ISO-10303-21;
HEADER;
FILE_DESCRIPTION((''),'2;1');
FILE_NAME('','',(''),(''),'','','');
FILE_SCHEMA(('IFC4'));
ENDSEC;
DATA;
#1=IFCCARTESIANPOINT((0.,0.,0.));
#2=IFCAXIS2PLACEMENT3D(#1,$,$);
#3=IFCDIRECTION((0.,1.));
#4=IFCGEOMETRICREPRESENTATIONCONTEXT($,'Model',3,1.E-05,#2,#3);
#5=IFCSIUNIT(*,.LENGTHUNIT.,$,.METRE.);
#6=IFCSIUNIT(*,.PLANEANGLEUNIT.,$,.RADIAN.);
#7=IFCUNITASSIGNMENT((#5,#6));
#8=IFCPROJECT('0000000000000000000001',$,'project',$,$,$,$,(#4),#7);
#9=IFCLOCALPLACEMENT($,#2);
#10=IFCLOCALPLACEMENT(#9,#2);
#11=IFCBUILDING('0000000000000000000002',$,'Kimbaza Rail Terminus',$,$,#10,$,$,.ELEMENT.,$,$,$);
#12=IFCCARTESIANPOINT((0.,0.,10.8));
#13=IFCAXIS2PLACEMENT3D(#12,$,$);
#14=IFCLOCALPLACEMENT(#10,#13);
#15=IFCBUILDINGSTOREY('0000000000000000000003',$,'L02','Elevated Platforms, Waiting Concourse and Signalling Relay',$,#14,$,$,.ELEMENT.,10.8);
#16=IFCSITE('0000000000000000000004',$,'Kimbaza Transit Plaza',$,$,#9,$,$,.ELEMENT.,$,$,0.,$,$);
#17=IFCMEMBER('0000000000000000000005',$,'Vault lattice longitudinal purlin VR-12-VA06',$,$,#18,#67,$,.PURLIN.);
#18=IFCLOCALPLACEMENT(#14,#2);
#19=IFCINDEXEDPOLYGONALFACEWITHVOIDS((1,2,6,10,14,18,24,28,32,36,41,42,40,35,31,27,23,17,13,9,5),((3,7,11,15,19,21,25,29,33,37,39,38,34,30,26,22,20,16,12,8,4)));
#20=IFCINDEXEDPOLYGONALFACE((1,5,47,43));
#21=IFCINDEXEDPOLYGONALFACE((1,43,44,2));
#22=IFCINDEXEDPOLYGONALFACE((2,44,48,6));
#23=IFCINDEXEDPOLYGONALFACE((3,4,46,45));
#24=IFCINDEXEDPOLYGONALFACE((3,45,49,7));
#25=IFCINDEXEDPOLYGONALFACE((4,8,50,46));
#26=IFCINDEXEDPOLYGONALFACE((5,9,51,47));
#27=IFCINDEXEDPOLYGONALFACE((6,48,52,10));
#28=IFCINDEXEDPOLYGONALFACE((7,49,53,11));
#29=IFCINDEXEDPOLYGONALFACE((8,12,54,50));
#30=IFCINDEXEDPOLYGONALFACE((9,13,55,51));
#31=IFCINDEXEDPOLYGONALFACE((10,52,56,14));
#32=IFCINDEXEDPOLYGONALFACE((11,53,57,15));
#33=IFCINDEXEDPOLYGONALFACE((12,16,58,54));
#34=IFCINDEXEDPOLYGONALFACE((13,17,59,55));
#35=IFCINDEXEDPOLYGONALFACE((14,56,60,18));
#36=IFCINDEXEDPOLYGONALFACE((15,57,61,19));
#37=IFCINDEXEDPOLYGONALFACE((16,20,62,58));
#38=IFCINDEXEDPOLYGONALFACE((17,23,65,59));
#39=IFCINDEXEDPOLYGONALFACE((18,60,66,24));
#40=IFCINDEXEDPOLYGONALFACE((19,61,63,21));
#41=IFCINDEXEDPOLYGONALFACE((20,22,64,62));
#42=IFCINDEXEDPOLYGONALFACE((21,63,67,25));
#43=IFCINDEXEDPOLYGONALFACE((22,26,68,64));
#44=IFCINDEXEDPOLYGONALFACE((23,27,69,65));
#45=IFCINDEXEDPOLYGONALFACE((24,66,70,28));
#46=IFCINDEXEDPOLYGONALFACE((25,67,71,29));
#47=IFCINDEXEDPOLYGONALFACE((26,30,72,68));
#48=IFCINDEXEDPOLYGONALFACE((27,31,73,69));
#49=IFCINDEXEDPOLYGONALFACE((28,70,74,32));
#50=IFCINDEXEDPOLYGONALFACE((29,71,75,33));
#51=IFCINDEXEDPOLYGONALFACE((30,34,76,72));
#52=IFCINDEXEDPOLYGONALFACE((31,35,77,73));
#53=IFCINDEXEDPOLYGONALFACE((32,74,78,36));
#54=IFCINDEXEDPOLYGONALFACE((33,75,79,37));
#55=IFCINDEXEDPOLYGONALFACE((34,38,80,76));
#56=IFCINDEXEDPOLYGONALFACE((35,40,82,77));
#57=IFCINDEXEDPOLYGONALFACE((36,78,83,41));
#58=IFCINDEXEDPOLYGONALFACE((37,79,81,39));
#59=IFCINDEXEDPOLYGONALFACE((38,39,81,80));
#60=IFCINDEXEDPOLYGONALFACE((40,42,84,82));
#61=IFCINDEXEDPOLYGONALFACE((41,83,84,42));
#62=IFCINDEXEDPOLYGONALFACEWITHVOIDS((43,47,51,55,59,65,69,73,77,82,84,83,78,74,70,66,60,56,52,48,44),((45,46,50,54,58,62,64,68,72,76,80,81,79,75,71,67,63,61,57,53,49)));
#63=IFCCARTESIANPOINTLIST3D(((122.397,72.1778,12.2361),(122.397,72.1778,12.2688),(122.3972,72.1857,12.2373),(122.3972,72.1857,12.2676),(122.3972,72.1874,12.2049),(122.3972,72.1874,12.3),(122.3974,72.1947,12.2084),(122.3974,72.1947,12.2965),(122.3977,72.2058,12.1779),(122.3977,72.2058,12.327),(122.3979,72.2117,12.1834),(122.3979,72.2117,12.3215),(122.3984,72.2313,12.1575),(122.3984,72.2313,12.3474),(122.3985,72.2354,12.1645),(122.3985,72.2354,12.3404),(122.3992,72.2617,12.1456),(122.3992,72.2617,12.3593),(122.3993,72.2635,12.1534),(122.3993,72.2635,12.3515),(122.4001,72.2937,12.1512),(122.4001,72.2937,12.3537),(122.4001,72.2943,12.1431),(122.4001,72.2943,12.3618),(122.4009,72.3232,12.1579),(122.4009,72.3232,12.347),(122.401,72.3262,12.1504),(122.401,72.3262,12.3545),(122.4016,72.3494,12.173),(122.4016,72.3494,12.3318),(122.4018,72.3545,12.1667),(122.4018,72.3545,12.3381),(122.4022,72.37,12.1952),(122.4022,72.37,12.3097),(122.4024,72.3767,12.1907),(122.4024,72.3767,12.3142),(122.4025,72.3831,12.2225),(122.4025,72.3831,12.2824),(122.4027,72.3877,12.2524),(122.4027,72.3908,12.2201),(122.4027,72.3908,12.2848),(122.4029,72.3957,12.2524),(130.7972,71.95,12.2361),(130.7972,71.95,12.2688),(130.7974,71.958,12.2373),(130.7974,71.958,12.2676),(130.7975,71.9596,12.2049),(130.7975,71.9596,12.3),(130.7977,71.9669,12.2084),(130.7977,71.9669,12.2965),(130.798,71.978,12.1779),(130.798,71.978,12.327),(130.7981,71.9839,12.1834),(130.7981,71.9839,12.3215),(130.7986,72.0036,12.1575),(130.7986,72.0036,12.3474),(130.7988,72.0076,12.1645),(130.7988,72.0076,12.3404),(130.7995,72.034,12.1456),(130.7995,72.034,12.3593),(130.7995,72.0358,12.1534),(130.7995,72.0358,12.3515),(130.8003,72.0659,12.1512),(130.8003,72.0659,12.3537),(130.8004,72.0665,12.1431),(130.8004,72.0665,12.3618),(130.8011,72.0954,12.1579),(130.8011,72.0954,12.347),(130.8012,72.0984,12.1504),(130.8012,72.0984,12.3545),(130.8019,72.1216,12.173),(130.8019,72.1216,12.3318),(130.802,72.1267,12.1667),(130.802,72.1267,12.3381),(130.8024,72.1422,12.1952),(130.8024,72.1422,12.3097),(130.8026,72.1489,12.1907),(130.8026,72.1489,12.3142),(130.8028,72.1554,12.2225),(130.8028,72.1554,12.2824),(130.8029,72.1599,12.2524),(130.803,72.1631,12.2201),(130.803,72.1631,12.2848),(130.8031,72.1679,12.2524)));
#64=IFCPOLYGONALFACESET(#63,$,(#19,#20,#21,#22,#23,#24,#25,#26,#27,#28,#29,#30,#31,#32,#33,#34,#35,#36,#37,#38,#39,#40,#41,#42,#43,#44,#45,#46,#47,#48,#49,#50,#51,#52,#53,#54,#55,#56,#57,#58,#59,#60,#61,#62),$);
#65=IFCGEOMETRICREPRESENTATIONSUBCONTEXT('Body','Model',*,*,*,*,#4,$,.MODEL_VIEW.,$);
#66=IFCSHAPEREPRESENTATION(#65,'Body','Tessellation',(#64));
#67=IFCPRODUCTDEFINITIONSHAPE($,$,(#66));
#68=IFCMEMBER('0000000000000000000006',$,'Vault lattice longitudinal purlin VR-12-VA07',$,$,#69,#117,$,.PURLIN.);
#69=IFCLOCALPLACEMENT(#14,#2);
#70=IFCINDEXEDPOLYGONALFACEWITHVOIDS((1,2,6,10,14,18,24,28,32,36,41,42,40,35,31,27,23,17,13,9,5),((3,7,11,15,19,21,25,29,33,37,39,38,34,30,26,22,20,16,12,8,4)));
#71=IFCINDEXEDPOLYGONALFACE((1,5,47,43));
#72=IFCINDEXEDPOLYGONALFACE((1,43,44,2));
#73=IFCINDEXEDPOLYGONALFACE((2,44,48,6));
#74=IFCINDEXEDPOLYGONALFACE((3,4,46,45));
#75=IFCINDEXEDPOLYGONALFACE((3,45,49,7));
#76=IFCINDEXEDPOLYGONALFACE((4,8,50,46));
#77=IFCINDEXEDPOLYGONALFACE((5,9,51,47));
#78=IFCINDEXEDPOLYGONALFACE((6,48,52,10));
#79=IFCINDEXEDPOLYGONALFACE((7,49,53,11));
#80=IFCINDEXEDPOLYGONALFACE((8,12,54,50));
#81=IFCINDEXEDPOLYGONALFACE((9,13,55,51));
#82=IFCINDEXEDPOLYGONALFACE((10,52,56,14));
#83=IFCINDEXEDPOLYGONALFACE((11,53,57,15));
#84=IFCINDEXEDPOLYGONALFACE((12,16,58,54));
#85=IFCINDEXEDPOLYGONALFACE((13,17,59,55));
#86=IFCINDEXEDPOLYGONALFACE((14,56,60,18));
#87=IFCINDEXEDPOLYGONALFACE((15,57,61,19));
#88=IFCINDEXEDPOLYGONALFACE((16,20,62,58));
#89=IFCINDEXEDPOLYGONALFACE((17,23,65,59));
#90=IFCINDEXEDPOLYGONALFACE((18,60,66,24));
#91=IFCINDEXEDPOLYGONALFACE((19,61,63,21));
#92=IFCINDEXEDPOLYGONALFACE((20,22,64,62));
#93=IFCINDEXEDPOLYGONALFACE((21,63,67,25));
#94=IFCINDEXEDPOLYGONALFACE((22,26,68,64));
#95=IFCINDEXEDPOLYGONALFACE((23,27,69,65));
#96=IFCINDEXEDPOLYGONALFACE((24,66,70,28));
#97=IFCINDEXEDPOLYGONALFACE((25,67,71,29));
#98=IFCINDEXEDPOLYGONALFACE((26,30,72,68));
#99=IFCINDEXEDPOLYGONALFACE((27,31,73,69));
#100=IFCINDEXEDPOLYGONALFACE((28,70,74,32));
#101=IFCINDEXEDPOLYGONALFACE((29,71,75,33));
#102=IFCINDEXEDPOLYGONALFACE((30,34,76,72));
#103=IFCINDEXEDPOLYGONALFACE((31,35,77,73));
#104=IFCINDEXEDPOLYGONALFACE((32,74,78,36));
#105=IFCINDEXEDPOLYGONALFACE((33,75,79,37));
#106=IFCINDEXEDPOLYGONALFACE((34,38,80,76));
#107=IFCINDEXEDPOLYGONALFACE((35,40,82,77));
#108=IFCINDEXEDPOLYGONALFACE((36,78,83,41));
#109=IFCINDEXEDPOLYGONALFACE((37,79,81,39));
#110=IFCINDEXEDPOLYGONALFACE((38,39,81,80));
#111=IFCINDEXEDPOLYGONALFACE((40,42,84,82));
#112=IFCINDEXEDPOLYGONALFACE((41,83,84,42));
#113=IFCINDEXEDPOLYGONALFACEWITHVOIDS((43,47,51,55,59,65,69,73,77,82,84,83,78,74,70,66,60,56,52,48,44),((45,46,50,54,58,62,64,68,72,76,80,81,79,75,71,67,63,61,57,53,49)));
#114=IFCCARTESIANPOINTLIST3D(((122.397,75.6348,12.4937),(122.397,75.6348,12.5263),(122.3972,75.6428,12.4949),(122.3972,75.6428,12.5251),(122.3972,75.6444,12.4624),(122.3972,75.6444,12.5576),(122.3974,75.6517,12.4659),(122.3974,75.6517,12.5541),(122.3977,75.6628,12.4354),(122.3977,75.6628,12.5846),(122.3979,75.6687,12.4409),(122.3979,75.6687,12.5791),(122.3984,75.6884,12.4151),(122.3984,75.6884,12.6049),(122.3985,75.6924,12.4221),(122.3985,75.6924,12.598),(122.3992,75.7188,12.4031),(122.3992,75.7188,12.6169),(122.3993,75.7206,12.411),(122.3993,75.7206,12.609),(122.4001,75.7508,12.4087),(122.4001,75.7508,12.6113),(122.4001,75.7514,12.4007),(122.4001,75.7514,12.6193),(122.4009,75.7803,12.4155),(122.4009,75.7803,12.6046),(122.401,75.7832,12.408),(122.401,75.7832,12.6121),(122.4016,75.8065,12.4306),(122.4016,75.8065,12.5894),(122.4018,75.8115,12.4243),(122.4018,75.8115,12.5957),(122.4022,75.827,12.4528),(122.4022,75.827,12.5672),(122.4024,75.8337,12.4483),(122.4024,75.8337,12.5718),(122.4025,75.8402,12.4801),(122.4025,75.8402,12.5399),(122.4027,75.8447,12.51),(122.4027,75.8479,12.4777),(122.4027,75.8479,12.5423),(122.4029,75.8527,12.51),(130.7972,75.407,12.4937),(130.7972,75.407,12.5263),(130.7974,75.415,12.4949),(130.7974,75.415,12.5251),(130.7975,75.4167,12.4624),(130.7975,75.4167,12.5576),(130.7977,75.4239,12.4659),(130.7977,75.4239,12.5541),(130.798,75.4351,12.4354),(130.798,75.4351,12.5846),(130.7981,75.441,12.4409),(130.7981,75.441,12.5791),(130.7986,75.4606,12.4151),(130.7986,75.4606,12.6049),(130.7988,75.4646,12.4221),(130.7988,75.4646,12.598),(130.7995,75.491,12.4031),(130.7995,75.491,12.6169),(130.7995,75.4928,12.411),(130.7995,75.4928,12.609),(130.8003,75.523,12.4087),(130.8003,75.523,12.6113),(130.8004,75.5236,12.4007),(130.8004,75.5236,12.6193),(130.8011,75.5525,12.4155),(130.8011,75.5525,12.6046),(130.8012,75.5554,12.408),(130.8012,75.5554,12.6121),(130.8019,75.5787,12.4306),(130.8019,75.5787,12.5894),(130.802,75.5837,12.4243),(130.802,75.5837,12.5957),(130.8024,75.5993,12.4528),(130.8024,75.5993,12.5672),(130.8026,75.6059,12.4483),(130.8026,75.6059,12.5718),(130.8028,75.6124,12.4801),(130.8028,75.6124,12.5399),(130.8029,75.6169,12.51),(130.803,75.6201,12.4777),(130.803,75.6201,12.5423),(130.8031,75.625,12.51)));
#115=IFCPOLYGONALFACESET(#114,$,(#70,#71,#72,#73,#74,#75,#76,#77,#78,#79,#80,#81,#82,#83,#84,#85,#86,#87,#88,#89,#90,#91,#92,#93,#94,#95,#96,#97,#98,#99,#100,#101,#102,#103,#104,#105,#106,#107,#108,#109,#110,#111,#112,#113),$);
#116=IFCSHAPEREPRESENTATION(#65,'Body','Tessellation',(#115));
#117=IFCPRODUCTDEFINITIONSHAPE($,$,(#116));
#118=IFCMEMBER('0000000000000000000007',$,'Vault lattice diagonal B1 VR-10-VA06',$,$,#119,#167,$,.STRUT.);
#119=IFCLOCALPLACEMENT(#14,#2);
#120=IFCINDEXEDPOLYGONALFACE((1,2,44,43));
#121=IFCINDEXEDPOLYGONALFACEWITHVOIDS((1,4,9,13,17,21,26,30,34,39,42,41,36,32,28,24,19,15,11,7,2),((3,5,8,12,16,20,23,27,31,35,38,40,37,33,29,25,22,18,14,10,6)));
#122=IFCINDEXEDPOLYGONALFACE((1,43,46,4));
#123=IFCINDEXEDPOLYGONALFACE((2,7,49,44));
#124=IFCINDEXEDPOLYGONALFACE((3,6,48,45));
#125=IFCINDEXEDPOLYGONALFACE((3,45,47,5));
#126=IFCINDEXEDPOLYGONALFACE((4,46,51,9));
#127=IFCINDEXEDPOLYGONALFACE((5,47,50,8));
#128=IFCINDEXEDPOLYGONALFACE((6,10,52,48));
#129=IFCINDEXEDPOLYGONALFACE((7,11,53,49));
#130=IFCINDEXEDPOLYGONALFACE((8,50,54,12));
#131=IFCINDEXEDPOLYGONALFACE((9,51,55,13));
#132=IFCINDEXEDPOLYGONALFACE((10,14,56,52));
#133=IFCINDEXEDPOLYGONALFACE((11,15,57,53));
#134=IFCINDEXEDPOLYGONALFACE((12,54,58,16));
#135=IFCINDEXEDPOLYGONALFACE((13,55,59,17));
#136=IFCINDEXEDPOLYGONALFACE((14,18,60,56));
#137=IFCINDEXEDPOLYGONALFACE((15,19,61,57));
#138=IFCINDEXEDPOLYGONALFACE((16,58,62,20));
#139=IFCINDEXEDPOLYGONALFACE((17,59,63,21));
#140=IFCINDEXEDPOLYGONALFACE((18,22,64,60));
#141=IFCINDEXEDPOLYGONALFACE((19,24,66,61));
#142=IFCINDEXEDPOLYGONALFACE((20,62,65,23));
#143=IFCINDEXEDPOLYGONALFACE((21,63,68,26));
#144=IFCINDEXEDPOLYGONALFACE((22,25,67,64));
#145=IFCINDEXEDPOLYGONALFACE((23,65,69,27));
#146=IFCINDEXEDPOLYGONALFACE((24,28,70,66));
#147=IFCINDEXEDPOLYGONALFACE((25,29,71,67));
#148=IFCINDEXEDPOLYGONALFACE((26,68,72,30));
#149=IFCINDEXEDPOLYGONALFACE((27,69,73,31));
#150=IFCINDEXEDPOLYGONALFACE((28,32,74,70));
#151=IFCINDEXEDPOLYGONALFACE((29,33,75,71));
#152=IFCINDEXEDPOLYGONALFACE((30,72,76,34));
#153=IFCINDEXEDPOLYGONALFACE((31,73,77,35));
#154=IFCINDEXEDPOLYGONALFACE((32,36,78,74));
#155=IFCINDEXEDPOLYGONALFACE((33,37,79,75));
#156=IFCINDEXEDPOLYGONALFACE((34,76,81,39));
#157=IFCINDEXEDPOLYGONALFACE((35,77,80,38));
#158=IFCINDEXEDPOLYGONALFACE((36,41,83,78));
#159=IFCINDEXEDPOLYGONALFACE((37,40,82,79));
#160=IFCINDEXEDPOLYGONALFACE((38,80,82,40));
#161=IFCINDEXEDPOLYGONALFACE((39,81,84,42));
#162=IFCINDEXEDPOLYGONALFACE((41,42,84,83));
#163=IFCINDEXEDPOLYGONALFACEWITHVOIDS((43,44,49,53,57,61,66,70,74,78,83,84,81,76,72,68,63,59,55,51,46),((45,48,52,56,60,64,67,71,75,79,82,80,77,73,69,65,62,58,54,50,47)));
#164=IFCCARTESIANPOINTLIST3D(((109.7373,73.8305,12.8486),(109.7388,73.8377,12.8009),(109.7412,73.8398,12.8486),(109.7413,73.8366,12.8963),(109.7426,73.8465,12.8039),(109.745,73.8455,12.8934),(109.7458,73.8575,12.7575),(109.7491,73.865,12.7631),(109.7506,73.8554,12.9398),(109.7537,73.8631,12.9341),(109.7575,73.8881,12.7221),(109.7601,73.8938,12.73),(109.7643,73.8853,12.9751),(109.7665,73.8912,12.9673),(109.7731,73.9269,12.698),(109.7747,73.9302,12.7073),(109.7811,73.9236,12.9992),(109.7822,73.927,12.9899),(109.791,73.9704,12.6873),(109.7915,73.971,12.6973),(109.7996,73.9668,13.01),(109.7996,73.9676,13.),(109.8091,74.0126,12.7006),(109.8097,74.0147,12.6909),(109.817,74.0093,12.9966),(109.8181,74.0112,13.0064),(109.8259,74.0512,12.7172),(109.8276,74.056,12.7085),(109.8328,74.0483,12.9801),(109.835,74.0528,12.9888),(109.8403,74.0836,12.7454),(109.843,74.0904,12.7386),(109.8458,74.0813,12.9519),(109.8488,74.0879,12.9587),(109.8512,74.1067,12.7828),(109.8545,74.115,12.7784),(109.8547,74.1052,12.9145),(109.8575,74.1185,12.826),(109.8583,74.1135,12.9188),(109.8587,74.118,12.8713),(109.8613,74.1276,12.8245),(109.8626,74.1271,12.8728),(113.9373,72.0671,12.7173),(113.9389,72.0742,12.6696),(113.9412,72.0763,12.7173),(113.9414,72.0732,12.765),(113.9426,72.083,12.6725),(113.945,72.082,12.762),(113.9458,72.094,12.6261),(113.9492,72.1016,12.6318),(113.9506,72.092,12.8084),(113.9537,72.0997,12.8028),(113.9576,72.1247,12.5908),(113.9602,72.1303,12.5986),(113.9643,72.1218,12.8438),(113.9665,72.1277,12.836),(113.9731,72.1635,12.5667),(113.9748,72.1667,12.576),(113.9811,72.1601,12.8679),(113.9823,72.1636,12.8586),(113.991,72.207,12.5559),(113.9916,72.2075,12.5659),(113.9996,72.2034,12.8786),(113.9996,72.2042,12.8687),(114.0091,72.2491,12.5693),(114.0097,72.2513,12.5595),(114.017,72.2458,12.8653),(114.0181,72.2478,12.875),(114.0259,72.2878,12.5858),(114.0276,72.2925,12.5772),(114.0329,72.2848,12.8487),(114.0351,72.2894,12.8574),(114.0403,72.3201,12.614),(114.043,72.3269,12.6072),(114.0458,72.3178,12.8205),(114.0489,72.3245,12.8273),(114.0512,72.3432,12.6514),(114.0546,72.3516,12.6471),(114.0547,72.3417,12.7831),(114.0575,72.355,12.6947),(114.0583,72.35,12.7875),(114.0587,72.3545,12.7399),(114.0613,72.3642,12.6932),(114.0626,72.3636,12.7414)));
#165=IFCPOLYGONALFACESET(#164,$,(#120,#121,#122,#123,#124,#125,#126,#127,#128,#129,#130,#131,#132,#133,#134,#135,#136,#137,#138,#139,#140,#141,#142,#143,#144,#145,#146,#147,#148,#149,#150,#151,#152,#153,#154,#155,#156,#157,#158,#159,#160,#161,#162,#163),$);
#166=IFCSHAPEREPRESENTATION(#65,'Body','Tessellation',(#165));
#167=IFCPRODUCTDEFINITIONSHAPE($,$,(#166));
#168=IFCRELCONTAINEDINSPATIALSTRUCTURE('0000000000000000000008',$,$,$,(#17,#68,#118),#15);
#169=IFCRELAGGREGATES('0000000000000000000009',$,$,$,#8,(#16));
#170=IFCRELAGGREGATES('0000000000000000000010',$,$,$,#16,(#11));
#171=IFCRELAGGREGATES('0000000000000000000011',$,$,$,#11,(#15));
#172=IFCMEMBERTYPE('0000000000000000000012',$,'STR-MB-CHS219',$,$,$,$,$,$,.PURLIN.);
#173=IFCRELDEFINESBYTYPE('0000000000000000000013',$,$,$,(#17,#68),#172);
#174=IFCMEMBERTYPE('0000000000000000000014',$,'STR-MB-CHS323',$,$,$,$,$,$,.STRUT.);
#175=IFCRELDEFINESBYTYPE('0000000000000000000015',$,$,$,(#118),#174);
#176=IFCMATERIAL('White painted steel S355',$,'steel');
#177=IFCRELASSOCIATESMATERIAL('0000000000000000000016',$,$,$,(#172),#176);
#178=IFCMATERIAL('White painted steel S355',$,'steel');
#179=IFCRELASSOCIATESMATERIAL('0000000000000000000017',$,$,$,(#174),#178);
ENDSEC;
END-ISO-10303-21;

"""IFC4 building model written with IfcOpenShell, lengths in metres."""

from ifc_helpers import new_model, si_unit, direction, frame, origin, origin_2d, place, context, subcontext, project, spatial, hollow_circle, extrude, material, material_profile, profile_set, type_object, element, save


model = new_model("IFC4")

# Units and contexts
model_context = context("Model", 3, precision=1e-05, world=origin(), true_north=direction((0.0, 1.0)))
body_context = subcontext(model_context, "Body", "Model", "MODEL_VIEW")
ifc_project = project(units=[si_unit("LENGTHUNIT", "METRE"), si_unit("PLANEANGLEUNIT", "RADIAN")], contexts=[model_context])

# Site, building, storey
site_placement = place(None, origin())
site = spatial("IfcSite", under=ifc_project, at=site_placement, Name="Kimbaza Transit Plaza", CompositionType="ELEMENT", RefElevation=0.0)
building_placement = place(site_placement, origin())
building = spatial("IfcBuilding", under=site, at=building_placement, Name="Kimbaza Rail Terminus", CompositionType="ELEMENT")
storey_placement = place(building_placement, frame((0.0, 0.0, 10.8)))
storey = spatial("IfcBuildingStorey", under=building, at=storey_placement, Name="L02", Description="Elevated Platforms, Waiting Concourse and Signalling Relay", CompositionType="ELEMENT", Elevation=10.8)

# Members
ifc_material_1 = material(Name="White painted steel S355", Category="steel")
ifc_material_profile_1 = material_profile(ifc_material_1, hollow_circle(Radius=0.1096, WallThickness=0.0081, at=origin_2d()), Name="CHS 219.1x8")
ifc_profile_set_1 = profile_set([ifc_material_profile_1], Name="White painted steel S355")
member_type_1 = type_object("IfcMemberType", Name="STR-MB-CHS219", PredefinedType="PURLIN", material=ifc_profile_set_1)
for number, where, z_axis, x_axis, name in (
    (1, (122.3999, 72.2861, 12.2524), (0.999633, -0.027107, 0.0), (0.027107, 0.999633, 0.0), "Vault lattice longitudinal purlin VR-12-VA06"),
    (2, (122.3999, 75.7432, 12.51), (0.999633, -0.027107, 0.0), (0.027107, 0.999633, 0.0), "Vault lattice longitudinal purlin VR-12-VA07"),
):
    element("IfcMember", number, at=place(storey_placement, frame(where, z_axis=z_axis, x_axis=x_axis)), inside=storey, type_object=member_type_1, Name=name, PredefinedType="PURLIN", context=body_context, shape_type="SweptSolid", body=[
        extrude(hollow_circle(Radius=0.1096, WallThickness=0.0081, at=origin_2d()), origin(), (0.0, 0.0, 1.0), 8.4033),
    ])
ifc_material_2 = material(Name="White painted steel S355", Category="steel")
ifc_material_profile_2 = material_profile(ifc_material_2, hollow_circle(Radius=0.1619, WallThickness=0.01, at=origin_2d()), Name="CHS 323.9x10")
ifc_profile_set_2 = profile_set([ifc_material_profile_2], Name="White painted steel S355")
member_type_2 = type_object("IfcMemberType", Name="STR-MB-CHS323", PredefinedType="STRUT", material=ifc_profile_set_2)
member_1_placement = place(storey_placement, frame((114.0, 72.2163, 12.7173), z_axis=(-0.921642, 0.386969, 0.028823), x_axis=(-0.38713, -0.922025, 0.0)))
element("IfcMember", 3, at=member_1_placement, inside=storey, type_object=member_type_2, Name="Vault lattice diagonal B1 VR-10-VA06", PredefinedType="STRUT", context=body_context, shape_type="SweptSolid", body=[
    extrude(hollow_circle(Radius=0.1619, WallThickness=0.01, at=origin_2d()), origin(), (0.0, 0.0, 1.0), 4.5571),
])

save(model, "model.ifc")
